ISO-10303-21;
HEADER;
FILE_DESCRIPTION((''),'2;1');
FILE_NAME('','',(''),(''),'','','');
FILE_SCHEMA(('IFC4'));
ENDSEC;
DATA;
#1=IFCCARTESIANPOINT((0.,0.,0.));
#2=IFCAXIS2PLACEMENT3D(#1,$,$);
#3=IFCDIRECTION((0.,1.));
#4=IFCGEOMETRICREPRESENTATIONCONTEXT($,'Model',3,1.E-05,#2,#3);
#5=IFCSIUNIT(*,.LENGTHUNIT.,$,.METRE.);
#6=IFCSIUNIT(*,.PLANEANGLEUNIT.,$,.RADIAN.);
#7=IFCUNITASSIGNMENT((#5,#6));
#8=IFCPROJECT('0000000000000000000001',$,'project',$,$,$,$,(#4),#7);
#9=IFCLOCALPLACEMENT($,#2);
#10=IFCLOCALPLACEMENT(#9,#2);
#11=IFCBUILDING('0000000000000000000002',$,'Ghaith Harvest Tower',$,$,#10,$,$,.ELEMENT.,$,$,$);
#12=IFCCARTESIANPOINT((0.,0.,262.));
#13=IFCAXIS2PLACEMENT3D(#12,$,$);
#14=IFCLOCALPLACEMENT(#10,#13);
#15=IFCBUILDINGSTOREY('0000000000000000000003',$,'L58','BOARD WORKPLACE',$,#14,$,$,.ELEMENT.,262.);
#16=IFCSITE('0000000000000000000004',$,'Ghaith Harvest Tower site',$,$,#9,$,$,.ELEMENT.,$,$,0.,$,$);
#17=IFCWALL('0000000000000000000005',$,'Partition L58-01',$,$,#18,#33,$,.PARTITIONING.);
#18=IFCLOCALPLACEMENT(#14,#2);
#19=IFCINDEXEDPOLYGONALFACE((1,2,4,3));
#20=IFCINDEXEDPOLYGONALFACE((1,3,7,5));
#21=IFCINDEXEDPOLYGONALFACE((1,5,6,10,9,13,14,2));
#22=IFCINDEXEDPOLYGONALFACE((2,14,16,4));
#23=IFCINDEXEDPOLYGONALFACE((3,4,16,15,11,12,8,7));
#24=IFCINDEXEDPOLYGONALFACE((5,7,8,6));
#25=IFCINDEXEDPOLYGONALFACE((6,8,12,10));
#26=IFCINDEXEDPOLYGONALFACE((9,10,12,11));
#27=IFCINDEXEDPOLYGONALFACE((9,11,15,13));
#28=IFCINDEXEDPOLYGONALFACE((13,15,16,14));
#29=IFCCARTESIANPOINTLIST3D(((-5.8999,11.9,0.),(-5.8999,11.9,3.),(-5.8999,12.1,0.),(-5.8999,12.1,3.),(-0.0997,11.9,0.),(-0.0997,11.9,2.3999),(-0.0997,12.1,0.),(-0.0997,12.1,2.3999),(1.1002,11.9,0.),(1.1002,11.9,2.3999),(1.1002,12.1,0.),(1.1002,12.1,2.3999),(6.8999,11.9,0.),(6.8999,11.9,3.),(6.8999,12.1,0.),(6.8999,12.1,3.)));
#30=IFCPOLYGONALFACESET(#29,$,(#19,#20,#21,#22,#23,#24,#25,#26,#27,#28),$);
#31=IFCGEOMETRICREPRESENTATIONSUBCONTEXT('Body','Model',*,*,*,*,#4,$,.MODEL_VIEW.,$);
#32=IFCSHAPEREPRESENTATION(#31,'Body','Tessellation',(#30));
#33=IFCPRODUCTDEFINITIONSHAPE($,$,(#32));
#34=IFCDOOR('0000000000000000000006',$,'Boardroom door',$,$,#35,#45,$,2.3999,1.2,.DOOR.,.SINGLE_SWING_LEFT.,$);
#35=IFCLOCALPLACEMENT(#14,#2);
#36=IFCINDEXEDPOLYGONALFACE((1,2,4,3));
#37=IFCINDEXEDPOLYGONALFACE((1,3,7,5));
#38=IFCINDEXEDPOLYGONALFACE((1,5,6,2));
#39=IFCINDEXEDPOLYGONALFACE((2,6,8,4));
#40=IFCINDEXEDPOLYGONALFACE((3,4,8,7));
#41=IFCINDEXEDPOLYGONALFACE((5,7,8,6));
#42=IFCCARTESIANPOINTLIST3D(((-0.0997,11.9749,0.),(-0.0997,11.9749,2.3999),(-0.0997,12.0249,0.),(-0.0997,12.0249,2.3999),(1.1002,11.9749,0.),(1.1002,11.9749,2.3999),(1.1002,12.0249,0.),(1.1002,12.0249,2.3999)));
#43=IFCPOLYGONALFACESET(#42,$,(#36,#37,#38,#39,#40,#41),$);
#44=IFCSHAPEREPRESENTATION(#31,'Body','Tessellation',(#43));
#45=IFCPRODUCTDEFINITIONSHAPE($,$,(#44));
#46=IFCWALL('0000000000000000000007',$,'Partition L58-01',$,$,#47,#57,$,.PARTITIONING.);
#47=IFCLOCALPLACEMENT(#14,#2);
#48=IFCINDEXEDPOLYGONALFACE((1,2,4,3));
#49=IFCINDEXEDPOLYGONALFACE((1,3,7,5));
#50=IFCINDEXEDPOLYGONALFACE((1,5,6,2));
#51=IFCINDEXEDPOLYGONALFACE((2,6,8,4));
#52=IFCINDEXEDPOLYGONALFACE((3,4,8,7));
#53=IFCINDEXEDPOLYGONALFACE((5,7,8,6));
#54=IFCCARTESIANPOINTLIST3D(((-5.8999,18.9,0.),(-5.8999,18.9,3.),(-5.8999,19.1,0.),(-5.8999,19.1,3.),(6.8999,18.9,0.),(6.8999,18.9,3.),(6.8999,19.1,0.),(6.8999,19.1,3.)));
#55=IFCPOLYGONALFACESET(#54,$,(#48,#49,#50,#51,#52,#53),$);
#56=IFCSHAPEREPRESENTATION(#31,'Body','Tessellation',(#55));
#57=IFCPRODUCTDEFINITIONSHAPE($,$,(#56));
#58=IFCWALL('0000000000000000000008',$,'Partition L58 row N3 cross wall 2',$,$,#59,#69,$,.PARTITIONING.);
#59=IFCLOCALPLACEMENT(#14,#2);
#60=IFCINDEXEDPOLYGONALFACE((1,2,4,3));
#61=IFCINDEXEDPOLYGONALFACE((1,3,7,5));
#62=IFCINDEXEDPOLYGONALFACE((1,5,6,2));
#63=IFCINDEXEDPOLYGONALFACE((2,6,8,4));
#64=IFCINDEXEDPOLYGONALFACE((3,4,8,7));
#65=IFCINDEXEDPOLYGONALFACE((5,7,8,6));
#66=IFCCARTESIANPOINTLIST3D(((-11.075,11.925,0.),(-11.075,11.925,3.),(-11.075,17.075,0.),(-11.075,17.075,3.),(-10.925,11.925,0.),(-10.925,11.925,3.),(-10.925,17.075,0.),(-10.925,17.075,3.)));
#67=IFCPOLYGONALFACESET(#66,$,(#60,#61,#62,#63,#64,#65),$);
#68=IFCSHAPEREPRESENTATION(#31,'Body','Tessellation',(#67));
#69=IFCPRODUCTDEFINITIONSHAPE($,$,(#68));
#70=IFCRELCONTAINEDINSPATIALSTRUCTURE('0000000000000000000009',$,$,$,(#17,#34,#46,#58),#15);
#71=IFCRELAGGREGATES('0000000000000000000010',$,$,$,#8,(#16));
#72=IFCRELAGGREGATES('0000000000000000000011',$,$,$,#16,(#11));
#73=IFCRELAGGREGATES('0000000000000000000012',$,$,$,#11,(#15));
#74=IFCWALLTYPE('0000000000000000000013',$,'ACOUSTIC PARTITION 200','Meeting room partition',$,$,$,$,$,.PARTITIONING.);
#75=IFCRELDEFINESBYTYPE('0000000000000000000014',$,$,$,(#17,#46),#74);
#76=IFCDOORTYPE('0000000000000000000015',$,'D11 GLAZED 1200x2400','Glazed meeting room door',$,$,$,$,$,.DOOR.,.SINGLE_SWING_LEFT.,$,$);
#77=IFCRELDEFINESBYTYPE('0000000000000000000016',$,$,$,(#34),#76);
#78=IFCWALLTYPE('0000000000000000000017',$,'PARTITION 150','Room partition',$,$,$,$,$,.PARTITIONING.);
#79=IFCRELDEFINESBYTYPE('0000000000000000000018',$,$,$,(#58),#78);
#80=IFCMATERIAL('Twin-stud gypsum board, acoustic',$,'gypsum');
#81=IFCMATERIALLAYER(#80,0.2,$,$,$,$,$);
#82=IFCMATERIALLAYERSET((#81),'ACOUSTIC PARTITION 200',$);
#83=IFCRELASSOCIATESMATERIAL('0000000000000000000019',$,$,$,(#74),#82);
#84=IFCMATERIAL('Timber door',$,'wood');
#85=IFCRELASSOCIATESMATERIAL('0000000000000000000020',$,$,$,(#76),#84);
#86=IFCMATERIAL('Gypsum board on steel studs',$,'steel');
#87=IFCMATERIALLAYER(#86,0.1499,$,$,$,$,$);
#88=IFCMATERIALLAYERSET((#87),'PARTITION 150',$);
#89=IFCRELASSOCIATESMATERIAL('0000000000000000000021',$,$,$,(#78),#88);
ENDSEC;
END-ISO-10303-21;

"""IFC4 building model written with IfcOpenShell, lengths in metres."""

from ifc_helpers import new_model, si_unit, direction, frame, frame_2d, origin, place, context, subcontext, project, spatial, rectangle, extrude, material, layer, layer_set, type_object, element, fill, save


model = new_model("IFC4")

# Units and contexts
model_context = context("Model", 3, precision=1e-05, world=origin(), true_north=direction((0.0, 1.0)))
body_context = subcontext(model_context, "Body", "Model", "MODEL_VIEW")
ifc_project = project(units=[si_unit("LENGTHUNIT", "METRE"), si_unit("PLANEANGLEUNIT", "RADIAN")], contexts=[model_context])

# Site, building, storey
site_placement = place(None, origin())
site = spatial("IfcSite", under=ifc_project, at=site_placement, Name="Ghaith Harvest Tower site", CompositionType="ELEMENT", RefElevation=0.0)
building_placement = place(site_placement, origin())
building = spatial("IfcBuilding", under=site, at=building_placement, Name="Ghaith Harvest Tower", CompositionType="ELEMENT")
storey_placement = place(building_placement, frame((0.0, 0.0, 262.0)))
storey = spatial("IfcBuildingStorey", under=building, at=storey_placement, Name="L58", Description="BOARD WORKPLACE", CompositionType="ELEMENT", Elevation=262.0)

# Shared definitions
ifc_material_1 = material(Name="Twin-stud gypsum board, acoustic", Category="gypsum")
ifc_layer_1 = layer(ifc_material_1, 0.2)
ifc_layer_set_1 = layer_set([ifc_layer_1], Name="ACOUSTIC PARTITION 200")
wall_type_1 = type_object("IfcWallType", Name="ACOUSTIC PARTITION 200", Description="Meeting room partition", PredefinedType="PARTITIONING", material=ifc_layer_set_1)

# Wall, opening, door
wall_1_placement = place(storey_placement, frame((-5.8999, 12.0, 0.0), z_axis=(0.0, 0.0, 1.0), x_axis=(1.0, 0.0, 0.0)))
wall_1 = element("IfcWall", 1, at=wall_1_placement, inside=storey, type_object=wall_type_1, Name="Partition L58-01", PredefinedType="PARTITIONING", context=body_context, shape_type="SweptSolid", body=[
    extrude(rectangle(XDim=12.7998, YDim=0.2, at=frame_2d((6.3999, 0.0))), origin(), (0.0, 0.0, 1.0), 3.0),
])
opening_1_placement = place(wall_1_placement, frame((5.8, 0.0, 0.0)))
opening_1 = element("IfcOpeningElement", 2, at=opening_1_placement, cuts=wall_1, PredefinedType="OPENING", context=body_context, shape_type="SweptSolid", body=[
    extrude(rectangle(XDim=1.2, YDim=2.3999, at=frame_2d((0.6001, 1.2))), frame((0.0, 0.1099, 0.0), z_axis=(0.0, -1.0, 0.0), x_axis=(1.0, 0.0, 0.0)), (0.0, 0.0, 1.0), 0.22),
])
ifc_material_2 = material(Name="Timber door", Category="wood")
door_type_1 = type_object("IfcDoorType", Name="D11 GLAZED 1200x2400", Description="Glazed meeting room door", OperationType="SINGLE_SWING_LEFT", PredefinedType="DOOR", material=ifc_material_2)
door_1_placement = place(opening_1_placement, origin())
door_1 = element("IfcDoor", 3, at=door_1_placement, inside=storey, type_object=door_type_1, Name="Boardroom door", OperationType="SINGLE_SWING_LEFT", OverallHeight=2.3999, OverallWidth=1.2, PredefinedType="DOOR", context=body_context, shape_type="SweptSolid", body=[
    extrude(rectangle(XDim=1.2, YDim=2.3999, at=frame_2d((0.6001, 1.2))), frame((0.0, 0.0249, 0.0), z_axis=(0.0, -1.0, 0.0), x_axis=(1.0, 0.0, 0.0)), (0.0, 0.0, 1.0), 0.05),
])
fill(opening_1, door_1)

# Walls
wall_2_placement = place(storey_placement, frame((-5.8999, 19.0, 0.0), z_axis=(0.0, 0.0, 1.0), x_axis=(1.0, 0.0, 0.0)))
element("IfcWall", 4, at=wall_2_placement, inside=storey, type_object=wall_type_1, Name="Partition L58-01", PredefinedType="PARTITIONING", context=body_context, shape_type="SweptSolid", body=[
    extrude(rectangle(XDim=12.7998, YDim=0.2, at=frame_2d((6.3999, 0.0))), origin(), (0.0, 0.0, 1.0), 3.0),
])
ifc_material_3 = material(Name="Gypsum board on steel studs", Category="steel")
ifc_layer_2 = layer(ifc_material_3, 0.1499)
ifc_layer_set_2 = layer_set([ifc_layer_2], Name="PARTITION 150")
wall_type_2 = type_object("IfcWallType", Name="PARTITION 150", Description="Room partition", PredefinedType="PARTITIONING", material=ifc_layer_set_2)
wall_3_placement = place(storey_placement, frame((-11.0, 11.925, 0.0), z_axis=(0.0, 0.0, 1.0), x_axis=(0.0, 1.0, 0.0)))
element("IfcWall", 5, at=wall_3_placement, inside=storey, type_object=wall_type_2, Name="Partition L58 row N3 cross wall 2", PredefinedType="PARTITIONING", context=body_context, shape_type="SweptSolid", body=[
    extrude(rectangle(XDim=5.1499, YDim=0.1499, at=frame_2d((2.575, 0.0))), origin(), (0.0, 0.0, 1.0), 3.0),
])

save(model, "model.ifc")
